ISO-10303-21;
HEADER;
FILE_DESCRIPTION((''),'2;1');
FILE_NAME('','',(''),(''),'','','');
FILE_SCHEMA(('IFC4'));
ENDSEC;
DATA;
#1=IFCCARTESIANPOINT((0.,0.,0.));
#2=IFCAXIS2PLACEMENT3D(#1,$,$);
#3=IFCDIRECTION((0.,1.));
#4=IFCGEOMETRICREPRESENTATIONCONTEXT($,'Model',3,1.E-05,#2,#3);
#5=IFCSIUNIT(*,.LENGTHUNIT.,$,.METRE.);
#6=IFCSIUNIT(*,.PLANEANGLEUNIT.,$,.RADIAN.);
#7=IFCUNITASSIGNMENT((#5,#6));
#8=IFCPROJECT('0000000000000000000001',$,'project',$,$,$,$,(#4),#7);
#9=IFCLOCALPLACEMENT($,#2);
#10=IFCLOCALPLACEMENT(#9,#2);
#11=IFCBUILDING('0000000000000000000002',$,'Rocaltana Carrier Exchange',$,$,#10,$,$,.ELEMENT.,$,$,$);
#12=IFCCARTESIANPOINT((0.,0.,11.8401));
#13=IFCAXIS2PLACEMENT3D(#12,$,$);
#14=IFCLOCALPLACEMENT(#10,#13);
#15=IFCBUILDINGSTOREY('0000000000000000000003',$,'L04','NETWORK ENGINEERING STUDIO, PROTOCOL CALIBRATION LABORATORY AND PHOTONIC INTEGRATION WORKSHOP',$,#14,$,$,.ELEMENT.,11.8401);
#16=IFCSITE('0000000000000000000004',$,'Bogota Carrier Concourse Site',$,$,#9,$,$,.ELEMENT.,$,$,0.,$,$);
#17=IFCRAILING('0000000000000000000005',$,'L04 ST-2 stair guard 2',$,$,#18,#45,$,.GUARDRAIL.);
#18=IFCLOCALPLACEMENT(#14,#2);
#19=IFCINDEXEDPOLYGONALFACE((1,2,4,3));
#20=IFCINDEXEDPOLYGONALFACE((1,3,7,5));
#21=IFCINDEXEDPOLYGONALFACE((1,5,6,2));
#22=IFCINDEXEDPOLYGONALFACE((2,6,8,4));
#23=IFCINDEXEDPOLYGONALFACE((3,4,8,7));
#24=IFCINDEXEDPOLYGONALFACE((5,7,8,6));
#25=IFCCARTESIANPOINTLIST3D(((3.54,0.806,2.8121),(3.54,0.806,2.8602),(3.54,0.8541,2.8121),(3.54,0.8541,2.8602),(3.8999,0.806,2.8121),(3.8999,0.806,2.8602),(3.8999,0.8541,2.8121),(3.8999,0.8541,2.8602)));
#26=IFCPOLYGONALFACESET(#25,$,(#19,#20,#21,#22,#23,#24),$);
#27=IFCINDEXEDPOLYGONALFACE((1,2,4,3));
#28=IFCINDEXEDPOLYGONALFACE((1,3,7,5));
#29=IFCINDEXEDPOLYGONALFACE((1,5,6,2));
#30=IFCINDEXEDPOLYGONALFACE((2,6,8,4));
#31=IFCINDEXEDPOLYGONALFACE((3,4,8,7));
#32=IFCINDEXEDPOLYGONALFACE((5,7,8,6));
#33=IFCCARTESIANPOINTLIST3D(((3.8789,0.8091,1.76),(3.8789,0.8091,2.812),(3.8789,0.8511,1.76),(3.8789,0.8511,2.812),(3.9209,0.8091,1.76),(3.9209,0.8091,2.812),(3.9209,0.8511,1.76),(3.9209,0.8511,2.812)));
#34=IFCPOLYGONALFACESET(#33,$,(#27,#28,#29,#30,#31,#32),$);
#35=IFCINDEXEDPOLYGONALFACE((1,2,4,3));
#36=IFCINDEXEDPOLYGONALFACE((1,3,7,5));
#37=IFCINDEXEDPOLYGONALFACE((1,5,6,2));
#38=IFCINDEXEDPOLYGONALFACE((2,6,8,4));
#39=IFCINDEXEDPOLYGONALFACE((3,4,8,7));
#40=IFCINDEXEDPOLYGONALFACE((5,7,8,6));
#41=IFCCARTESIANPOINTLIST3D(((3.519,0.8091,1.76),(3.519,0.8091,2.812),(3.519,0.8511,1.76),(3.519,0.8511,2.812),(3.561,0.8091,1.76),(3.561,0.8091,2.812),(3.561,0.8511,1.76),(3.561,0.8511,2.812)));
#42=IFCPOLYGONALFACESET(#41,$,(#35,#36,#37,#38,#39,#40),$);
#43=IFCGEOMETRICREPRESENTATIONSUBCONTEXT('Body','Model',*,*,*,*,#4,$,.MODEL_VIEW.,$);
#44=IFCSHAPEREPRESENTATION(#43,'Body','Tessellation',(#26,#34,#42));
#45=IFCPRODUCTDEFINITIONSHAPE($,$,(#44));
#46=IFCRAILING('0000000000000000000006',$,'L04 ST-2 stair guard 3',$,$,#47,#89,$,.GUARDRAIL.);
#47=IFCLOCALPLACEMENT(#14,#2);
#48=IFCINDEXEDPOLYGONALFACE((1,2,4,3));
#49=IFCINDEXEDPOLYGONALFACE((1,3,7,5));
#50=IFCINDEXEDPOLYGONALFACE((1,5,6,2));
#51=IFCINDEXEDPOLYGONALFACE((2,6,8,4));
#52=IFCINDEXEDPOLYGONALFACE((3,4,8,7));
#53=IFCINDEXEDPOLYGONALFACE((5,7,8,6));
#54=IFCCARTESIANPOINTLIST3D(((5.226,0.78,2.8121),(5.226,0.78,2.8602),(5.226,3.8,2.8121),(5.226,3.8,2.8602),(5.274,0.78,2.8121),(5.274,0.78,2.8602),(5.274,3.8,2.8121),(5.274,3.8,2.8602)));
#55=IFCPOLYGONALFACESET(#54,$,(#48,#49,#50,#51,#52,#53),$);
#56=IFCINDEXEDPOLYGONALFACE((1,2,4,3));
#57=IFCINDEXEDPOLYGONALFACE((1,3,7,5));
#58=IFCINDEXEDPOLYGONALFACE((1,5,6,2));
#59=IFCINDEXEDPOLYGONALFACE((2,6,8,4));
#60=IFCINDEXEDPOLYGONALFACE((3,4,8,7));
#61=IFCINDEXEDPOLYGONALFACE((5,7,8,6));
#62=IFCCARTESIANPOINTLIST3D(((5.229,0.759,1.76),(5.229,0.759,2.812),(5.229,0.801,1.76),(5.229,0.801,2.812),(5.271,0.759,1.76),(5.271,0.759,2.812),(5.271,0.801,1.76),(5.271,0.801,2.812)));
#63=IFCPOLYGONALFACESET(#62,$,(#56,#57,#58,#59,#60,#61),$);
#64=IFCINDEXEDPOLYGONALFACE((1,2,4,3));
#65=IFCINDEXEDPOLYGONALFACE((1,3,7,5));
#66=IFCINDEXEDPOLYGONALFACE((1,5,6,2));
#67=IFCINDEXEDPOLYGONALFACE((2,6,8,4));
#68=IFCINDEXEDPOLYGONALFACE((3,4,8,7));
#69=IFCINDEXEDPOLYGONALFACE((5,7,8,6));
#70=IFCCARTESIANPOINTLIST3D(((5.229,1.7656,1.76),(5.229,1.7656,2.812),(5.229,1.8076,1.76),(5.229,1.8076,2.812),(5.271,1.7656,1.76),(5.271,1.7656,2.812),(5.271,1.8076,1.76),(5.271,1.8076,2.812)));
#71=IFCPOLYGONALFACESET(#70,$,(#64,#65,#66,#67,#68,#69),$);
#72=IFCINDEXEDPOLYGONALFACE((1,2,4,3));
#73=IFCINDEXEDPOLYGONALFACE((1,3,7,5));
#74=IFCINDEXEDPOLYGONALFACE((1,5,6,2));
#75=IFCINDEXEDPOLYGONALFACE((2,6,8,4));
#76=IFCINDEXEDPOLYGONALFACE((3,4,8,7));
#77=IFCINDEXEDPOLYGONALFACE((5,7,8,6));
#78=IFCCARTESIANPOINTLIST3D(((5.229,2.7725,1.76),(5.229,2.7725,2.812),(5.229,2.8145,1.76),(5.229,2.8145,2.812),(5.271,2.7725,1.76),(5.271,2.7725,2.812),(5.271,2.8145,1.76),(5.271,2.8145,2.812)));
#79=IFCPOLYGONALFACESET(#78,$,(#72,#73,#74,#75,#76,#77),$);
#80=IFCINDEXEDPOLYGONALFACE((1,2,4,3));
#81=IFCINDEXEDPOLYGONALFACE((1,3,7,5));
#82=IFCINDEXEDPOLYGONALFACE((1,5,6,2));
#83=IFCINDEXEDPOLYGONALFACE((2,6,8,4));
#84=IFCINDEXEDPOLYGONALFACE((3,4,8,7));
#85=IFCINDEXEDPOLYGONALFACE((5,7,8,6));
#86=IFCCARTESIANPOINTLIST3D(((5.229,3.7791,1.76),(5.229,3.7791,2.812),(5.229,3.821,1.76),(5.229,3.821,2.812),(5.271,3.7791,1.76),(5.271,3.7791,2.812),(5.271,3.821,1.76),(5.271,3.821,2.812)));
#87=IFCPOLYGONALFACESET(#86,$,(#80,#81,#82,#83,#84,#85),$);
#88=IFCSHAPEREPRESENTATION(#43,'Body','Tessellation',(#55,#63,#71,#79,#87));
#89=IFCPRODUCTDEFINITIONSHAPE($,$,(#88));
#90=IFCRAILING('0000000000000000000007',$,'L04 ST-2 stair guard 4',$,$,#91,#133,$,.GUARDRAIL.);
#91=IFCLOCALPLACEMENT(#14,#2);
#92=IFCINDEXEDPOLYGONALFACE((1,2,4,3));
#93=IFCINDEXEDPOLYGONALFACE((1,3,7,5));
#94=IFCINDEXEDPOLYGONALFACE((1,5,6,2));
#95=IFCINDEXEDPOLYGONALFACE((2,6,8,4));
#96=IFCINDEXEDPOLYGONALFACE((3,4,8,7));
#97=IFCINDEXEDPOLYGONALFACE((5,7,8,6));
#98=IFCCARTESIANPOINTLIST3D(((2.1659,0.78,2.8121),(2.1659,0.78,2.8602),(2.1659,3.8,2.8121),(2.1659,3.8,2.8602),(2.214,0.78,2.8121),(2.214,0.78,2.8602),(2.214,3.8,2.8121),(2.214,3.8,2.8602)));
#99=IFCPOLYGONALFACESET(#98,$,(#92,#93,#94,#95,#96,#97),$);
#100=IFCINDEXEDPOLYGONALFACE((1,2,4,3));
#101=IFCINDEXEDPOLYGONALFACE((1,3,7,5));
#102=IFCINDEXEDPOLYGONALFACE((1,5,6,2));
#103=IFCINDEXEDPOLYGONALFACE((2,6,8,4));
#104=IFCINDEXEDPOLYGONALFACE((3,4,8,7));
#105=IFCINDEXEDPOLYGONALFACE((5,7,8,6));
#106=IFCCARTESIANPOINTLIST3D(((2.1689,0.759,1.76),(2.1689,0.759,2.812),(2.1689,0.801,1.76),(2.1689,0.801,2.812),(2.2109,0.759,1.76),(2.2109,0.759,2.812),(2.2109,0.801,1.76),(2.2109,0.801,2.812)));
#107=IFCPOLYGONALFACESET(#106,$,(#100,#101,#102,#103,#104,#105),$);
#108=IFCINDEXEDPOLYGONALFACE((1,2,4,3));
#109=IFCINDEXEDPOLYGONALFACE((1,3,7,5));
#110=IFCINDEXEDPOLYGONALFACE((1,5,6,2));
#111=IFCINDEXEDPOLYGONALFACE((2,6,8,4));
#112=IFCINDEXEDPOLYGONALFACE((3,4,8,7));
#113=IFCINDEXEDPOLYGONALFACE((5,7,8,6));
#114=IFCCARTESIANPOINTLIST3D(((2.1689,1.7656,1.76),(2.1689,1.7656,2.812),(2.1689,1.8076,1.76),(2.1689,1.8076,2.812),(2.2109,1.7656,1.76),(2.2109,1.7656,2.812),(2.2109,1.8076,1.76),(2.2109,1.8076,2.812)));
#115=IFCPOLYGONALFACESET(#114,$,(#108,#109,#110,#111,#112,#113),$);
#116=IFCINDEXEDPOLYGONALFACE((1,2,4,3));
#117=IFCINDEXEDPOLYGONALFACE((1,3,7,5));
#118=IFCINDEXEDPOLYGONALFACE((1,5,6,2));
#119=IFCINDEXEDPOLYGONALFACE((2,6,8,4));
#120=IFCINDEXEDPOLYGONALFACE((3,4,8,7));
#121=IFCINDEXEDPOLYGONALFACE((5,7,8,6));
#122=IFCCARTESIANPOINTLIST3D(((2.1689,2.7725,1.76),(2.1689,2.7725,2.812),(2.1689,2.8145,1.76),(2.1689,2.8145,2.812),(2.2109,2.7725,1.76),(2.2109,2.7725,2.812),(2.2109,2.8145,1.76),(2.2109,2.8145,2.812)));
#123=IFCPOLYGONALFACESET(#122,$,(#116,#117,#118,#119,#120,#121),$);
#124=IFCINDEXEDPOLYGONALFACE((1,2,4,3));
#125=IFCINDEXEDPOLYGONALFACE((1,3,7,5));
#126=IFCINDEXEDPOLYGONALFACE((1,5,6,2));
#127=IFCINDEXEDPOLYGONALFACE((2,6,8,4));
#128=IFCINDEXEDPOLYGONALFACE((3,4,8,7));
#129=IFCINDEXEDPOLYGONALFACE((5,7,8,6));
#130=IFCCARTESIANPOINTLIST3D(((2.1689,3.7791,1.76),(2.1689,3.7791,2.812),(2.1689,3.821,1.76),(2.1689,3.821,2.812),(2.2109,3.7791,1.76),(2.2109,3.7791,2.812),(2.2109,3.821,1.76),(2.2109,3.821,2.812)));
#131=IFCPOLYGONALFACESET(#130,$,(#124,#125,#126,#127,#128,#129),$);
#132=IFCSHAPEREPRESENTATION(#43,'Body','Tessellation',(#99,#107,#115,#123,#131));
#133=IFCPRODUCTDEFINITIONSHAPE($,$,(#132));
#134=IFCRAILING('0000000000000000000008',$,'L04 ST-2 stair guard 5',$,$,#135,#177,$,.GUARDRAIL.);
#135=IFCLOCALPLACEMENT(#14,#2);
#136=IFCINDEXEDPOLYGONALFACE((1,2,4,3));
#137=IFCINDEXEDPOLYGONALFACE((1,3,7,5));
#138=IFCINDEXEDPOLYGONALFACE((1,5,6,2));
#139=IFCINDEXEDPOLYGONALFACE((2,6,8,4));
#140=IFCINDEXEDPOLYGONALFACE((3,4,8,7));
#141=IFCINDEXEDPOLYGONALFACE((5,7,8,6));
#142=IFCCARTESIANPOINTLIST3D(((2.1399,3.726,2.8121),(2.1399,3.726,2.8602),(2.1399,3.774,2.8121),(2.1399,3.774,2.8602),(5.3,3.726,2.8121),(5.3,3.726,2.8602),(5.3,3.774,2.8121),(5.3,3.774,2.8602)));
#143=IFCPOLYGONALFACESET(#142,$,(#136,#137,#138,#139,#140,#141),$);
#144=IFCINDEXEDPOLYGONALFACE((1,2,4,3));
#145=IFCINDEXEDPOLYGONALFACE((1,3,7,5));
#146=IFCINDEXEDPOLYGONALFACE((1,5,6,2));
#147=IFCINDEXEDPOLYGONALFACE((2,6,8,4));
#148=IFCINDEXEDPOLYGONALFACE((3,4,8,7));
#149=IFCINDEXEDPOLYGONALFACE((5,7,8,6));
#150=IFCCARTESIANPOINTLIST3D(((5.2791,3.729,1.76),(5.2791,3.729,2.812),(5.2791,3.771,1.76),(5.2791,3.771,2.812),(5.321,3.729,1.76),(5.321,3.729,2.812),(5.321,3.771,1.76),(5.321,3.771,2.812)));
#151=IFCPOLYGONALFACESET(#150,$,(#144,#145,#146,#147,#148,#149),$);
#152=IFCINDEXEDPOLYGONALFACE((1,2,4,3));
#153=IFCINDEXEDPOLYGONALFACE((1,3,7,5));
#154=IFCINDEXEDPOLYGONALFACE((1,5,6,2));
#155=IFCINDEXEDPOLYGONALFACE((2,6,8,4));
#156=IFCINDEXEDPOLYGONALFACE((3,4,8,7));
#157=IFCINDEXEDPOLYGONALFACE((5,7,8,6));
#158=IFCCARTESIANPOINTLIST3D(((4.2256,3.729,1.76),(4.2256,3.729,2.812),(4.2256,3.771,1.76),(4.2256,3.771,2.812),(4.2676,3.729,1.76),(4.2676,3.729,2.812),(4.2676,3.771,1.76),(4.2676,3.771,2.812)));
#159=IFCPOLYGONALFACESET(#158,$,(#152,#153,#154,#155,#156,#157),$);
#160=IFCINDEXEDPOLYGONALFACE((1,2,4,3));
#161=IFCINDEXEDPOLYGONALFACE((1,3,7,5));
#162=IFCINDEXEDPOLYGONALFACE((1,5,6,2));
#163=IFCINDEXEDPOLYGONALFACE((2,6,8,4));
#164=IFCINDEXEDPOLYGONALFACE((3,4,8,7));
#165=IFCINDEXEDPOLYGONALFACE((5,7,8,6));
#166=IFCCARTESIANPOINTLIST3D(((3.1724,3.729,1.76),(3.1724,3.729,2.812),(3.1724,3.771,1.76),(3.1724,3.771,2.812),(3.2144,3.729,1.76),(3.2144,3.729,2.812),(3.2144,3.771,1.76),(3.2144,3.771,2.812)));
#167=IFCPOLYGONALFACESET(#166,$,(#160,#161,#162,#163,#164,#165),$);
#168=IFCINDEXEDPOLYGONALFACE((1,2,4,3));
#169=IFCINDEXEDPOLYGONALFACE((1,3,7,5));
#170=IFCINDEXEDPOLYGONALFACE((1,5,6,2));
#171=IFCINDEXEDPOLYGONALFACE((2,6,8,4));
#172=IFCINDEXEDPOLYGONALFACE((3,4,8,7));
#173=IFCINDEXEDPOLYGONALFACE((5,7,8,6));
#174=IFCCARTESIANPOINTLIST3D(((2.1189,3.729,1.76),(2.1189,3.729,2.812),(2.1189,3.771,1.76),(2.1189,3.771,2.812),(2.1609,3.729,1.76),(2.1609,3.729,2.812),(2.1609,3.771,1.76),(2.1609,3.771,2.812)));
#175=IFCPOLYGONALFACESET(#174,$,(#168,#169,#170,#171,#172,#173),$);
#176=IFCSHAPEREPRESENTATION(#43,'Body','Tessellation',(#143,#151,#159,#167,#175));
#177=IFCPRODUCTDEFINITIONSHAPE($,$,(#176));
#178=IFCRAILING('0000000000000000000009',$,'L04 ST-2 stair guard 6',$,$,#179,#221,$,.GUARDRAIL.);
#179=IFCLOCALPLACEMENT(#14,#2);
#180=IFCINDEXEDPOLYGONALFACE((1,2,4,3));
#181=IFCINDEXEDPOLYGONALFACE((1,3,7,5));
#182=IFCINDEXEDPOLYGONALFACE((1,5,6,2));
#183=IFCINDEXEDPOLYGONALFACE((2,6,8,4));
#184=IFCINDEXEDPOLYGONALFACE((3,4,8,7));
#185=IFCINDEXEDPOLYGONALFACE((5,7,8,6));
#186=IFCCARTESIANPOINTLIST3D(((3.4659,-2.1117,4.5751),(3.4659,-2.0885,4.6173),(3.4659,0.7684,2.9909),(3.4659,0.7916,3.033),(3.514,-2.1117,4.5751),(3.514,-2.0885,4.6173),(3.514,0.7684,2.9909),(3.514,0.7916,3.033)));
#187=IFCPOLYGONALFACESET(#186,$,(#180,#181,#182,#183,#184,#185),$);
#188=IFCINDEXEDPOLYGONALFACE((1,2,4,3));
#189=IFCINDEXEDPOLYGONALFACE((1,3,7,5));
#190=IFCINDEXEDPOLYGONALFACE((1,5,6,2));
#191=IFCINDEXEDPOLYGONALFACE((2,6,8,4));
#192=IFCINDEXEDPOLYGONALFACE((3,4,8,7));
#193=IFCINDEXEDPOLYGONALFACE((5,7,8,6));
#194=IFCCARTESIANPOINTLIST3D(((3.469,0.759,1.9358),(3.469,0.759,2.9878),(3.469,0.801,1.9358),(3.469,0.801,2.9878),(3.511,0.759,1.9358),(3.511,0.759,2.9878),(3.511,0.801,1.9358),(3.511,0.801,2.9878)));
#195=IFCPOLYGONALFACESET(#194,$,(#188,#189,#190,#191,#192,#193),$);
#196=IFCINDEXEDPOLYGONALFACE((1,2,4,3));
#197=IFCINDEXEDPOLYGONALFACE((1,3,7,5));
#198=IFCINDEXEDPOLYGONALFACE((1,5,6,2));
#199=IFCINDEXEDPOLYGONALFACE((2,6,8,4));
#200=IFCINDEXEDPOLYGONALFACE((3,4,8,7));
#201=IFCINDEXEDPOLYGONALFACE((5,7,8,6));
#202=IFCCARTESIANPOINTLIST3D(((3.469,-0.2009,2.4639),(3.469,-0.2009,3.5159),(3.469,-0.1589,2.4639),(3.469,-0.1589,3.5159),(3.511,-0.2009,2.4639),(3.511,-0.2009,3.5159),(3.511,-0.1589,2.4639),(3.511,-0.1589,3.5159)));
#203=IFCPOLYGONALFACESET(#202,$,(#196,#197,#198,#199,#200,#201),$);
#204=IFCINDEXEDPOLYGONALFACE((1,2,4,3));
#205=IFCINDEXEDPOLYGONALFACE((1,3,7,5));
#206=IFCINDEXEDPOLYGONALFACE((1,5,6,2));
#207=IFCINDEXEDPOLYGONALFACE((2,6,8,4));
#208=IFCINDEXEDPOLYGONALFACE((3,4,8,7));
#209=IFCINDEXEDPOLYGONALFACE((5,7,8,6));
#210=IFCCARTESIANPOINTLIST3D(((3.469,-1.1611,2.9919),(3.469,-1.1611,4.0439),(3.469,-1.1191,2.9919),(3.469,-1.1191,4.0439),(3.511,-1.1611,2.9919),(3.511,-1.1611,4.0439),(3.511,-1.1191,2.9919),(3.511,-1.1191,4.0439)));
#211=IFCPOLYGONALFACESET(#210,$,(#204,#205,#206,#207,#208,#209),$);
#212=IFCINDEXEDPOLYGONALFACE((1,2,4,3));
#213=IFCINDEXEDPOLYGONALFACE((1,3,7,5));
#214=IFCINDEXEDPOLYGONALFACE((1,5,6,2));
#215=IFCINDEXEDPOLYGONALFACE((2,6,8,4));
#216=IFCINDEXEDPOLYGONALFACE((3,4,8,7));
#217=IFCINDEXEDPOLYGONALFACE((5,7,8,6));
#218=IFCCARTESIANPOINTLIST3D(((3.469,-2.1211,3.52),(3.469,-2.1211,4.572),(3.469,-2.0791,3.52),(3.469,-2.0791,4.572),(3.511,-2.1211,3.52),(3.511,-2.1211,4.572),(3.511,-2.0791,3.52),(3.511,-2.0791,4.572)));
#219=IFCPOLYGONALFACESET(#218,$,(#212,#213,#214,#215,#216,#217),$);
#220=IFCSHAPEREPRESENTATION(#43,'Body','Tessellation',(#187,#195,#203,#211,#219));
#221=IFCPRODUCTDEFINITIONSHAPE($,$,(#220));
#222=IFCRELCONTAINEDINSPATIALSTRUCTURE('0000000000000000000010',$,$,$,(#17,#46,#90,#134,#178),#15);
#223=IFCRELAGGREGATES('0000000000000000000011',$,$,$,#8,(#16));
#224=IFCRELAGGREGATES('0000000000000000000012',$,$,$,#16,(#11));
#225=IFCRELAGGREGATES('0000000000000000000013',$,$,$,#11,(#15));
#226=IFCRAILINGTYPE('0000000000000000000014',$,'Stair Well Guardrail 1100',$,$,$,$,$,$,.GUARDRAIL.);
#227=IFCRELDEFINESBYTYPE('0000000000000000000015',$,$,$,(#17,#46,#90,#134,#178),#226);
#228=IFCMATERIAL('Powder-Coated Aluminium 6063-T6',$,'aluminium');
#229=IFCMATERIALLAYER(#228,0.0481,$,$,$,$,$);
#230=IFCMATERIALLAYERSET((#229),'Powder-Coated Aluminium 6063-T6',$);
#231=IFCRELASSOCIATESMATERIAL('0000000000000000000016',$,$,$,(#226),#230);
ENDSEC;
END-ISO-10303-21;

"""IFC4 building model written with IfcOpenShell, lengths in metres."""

from ifc_helpers import new_model, si_unit, direction, frame, origin, origin_2d, place, context, subcontext, project, spatial, rectangle, extrude, material, layer, layer_set, type_object, element, save


model = new_model("IFC4")

# Units and contexts
model_context = context("Model", 3, precision=1e-05, world=origin(), true_north=direction((0.0, 1.0)))
body_context = subcontext(model_context, "Body", "Model", "MODEL_VIEW")
ifc_project = project(units=[si_unit("LENGTHUNIT", "METRE"), si_unit("PLANEANGLEUNIT", "RADIAN")], contexts=[model_context])

# Site, building, storey
site_placement = place(None, origin())
site = spatial("IfcSite", under=ifc_project, at=site_placement, Name="Bogota Carrier Concourse Site", CompositionType="ELEMENT", RefElevation=0.0)
building_placement = place(site_placement, origin())
building = spatial("IfcBuilding", under=site, at=building_placement, Name="Rocaltana Carrier Exchange", CompositionType="ELEMENT")
storey_placement = place(building_placement, frame((0.0, 0.0, 11.8401)))
storey = spatial("IfcBuildingStorey", under=building, at=storey_placement, Name="L04", Description="NETWORK ENGINEERING STUDIO, PROTOCOL CALIBRATION LABORATORY AND PHOTONIC INTEGRATION WORKSHOP", CompositionType="ELEMENT", Elevation=11.8401)

# Railings
ifc_material_1 = material(Name="Powder-Coated Aluminium 6063-T6", Category="aluminium")
ifc_layer_1 = layer(ifc_material_1, 0.0481)
ifc_layer_set_1 = layer_set([ifc_layer_1], Name="Powder-Coated Aluminium 6063-T6")
railing_type_1 = type_object("IfcRailingType", Name="Stair Well Guardrail 1100", PredefinedType="GUARDRAIL", material=ifc_layer_set_1)
railing_1_placement = place(storey_placement, frame((3.8999, 0.8301, 1.76)))
element("IfcRailing", 1, at=railing_1_placement, inside=storey, type_object=railing_type_1, Name="L04 ST-2 stair guard 2", PredefinedType="GUARDRAIL", context=body_context, shape_type="SweptSolid", body=[
    extrude(rectangle(XDim=0.0481, YDim=0.0481, at=origin_2d()), frame((0.0, 0.0, 1.0762), z_axis=(-1.0, 0.0, 0.0), x_axis=(0.0, -1.0, 0.0)), (0.0, 0.0, 1.0), 0.3599),
    extrude(rectangle(XDim=0.042, YDim=0.042, at=origin_2d()), origin(), (0.0, 0.0, 1.0), 1.052),
    extrude(rectangle(XDim=0.042, YDim=0.042, at=origin_2d()), frame((-0.3599, 0.0, 0.0)), (0.0, 0.0, 1.0), 1.052),
])
for number, where, name in (
    (2, (5.25, 0.78, 1.76), "L04 ST-2 stair guard 3"),
    (3, (2.1899, 0.78, 1.76), "L04 ST-2 stair guard 4"),
):
    element("IfcRailing", number, at=place(storey_placement, frame(where)), inside=storey, type_object=railing_type_1, Name=name, PredefinedType="GUARDRAIL", context=body_context, shape_type="SweptSolid", body=[
        extrude(rectangle(XDim=0.0481, YDim=0.0481, at=origin_2d()), frame((0.0, 0.0, 1.0762), z_axis=(0.0, 1.0, 0.0), x_axis=(-1.0, 0.0, 0.0)), (0.0, 0.0, 1.0), 3.02),
        extrude(rectangle(XDim=0.042, YDim=0.042, at=origin_2d()), origin(), (0.0, 0.0, 1.0), 1.052),
        extrude(rectangle(XDim=0.042, YDim=0.042, at=origin_2d()), frame((0.0, 1.0066, 0.0)), (0.0, 0.0, 1.0), 1.052),
        extrude(rectangle(XDim=0.042, YDim=0.042, at=origin_2d()), frame((0.0, 2.0134, 0.0)), (0.0, 0.0, 1.0), 1.052),
        extrude(rectangle(XDim=0.042, YDim=0.042, at=origin_2d()), frame((0.0, 3.02, 0.0)), (0.0, 0.0, 1.0), 1.052),
    ])
railing_2_placement = place(storey_placement, frame((5.3, 3.75, 1.76)))
element("IfcRailing", 4, at=railing_2_placement, inside=storey, type_object=railing_type_1, Name="L04 ST-2 stair guard 5", PredefinedType="GUARDRAIL", context=body_context, shape_type="SweptSolid", body=[
    extrude(rectangle(XDim=0.0481, YDim=0.0481, at=origin_2d()), frame((0.0, 0.0, 1.0762), z_axis=(-1.0, 0.0, 0.0), x_axis=(0.0, -1.0, 0.0)), (0.0, 0.0, 1.0), 3.1602),
    extrude(rectangle(XDim=0.042, YDim=0.042, at=origin_2d()), origin(), (0.0, 0.0, 1.0), 1.052),
    extrude(rectangle(XDim=0.042, YDim=0.042, at=origin_2d()), frame((-1.0535, 0.0, 0.0)), (0.0, 0.0, 1.0), 1.052),
    extrude(rectangle(XDim=0.042, YDim=0.042, at=origin_2d()), frame((-2.1067, 0.0, 0.0)), (0.0, 0.0, 1.0), 1.052),
    extrude(rectangle(XDim=0.042, YDim=0.042, at=origin_2d()), frame((-3.1602, 0.0, 0.0)), (0.0, 0.0, 1.0), 1.052),
])
railing_3_placement = place(storey_placement, frame((3.49, 0.78, 1.9358)))
element("IfcRailing", 5, at=railing_3_placement, inside=storey, type_object=railing_type_1, Name="L04 ST-2 stair guard 6", PredefinedType="GUARDRAIL", context=body_context, shape_type="SweptSolid", body=[
    extrude(rectangle(XDim=0.0481, YDim=0.0481, at=origin_2d()), frame((0.0, 0.0, 1.0762), z_axis=(0.0, -0.876196, 0.481956), x_axis=(1.0, 0.0, 0.0)), (0.0, 0.0, 1.0), 3.2871),
    extrude(rectangle(XDim=0.042, YDim=0.042, at=origin_2d()), origin(), (0.0, 0.0, 1.0), 1.052),
    extrude(rectangle(XDim=0.042, YDim=0.042, at=origin_2d()), frame((0.0, -0.96, 0.5281)), (0.0, 0.0, 1.0), 1.052),
    extrude(rectangle(XDim=0.042, YDim=0.042, at=origin_2d()), frame((0.0, -1.9202, 1.0562)), (0.0, 0.0, 1.0), 1.052),
    extrude(rectangle(XDim=0.042, YDim=0.042, at=origin_2d()), frame((0.0, -2.8801, 1.5842)), (0.0, 0.0, 1.0), 1.052),
])

save(model, "model.ifc")
